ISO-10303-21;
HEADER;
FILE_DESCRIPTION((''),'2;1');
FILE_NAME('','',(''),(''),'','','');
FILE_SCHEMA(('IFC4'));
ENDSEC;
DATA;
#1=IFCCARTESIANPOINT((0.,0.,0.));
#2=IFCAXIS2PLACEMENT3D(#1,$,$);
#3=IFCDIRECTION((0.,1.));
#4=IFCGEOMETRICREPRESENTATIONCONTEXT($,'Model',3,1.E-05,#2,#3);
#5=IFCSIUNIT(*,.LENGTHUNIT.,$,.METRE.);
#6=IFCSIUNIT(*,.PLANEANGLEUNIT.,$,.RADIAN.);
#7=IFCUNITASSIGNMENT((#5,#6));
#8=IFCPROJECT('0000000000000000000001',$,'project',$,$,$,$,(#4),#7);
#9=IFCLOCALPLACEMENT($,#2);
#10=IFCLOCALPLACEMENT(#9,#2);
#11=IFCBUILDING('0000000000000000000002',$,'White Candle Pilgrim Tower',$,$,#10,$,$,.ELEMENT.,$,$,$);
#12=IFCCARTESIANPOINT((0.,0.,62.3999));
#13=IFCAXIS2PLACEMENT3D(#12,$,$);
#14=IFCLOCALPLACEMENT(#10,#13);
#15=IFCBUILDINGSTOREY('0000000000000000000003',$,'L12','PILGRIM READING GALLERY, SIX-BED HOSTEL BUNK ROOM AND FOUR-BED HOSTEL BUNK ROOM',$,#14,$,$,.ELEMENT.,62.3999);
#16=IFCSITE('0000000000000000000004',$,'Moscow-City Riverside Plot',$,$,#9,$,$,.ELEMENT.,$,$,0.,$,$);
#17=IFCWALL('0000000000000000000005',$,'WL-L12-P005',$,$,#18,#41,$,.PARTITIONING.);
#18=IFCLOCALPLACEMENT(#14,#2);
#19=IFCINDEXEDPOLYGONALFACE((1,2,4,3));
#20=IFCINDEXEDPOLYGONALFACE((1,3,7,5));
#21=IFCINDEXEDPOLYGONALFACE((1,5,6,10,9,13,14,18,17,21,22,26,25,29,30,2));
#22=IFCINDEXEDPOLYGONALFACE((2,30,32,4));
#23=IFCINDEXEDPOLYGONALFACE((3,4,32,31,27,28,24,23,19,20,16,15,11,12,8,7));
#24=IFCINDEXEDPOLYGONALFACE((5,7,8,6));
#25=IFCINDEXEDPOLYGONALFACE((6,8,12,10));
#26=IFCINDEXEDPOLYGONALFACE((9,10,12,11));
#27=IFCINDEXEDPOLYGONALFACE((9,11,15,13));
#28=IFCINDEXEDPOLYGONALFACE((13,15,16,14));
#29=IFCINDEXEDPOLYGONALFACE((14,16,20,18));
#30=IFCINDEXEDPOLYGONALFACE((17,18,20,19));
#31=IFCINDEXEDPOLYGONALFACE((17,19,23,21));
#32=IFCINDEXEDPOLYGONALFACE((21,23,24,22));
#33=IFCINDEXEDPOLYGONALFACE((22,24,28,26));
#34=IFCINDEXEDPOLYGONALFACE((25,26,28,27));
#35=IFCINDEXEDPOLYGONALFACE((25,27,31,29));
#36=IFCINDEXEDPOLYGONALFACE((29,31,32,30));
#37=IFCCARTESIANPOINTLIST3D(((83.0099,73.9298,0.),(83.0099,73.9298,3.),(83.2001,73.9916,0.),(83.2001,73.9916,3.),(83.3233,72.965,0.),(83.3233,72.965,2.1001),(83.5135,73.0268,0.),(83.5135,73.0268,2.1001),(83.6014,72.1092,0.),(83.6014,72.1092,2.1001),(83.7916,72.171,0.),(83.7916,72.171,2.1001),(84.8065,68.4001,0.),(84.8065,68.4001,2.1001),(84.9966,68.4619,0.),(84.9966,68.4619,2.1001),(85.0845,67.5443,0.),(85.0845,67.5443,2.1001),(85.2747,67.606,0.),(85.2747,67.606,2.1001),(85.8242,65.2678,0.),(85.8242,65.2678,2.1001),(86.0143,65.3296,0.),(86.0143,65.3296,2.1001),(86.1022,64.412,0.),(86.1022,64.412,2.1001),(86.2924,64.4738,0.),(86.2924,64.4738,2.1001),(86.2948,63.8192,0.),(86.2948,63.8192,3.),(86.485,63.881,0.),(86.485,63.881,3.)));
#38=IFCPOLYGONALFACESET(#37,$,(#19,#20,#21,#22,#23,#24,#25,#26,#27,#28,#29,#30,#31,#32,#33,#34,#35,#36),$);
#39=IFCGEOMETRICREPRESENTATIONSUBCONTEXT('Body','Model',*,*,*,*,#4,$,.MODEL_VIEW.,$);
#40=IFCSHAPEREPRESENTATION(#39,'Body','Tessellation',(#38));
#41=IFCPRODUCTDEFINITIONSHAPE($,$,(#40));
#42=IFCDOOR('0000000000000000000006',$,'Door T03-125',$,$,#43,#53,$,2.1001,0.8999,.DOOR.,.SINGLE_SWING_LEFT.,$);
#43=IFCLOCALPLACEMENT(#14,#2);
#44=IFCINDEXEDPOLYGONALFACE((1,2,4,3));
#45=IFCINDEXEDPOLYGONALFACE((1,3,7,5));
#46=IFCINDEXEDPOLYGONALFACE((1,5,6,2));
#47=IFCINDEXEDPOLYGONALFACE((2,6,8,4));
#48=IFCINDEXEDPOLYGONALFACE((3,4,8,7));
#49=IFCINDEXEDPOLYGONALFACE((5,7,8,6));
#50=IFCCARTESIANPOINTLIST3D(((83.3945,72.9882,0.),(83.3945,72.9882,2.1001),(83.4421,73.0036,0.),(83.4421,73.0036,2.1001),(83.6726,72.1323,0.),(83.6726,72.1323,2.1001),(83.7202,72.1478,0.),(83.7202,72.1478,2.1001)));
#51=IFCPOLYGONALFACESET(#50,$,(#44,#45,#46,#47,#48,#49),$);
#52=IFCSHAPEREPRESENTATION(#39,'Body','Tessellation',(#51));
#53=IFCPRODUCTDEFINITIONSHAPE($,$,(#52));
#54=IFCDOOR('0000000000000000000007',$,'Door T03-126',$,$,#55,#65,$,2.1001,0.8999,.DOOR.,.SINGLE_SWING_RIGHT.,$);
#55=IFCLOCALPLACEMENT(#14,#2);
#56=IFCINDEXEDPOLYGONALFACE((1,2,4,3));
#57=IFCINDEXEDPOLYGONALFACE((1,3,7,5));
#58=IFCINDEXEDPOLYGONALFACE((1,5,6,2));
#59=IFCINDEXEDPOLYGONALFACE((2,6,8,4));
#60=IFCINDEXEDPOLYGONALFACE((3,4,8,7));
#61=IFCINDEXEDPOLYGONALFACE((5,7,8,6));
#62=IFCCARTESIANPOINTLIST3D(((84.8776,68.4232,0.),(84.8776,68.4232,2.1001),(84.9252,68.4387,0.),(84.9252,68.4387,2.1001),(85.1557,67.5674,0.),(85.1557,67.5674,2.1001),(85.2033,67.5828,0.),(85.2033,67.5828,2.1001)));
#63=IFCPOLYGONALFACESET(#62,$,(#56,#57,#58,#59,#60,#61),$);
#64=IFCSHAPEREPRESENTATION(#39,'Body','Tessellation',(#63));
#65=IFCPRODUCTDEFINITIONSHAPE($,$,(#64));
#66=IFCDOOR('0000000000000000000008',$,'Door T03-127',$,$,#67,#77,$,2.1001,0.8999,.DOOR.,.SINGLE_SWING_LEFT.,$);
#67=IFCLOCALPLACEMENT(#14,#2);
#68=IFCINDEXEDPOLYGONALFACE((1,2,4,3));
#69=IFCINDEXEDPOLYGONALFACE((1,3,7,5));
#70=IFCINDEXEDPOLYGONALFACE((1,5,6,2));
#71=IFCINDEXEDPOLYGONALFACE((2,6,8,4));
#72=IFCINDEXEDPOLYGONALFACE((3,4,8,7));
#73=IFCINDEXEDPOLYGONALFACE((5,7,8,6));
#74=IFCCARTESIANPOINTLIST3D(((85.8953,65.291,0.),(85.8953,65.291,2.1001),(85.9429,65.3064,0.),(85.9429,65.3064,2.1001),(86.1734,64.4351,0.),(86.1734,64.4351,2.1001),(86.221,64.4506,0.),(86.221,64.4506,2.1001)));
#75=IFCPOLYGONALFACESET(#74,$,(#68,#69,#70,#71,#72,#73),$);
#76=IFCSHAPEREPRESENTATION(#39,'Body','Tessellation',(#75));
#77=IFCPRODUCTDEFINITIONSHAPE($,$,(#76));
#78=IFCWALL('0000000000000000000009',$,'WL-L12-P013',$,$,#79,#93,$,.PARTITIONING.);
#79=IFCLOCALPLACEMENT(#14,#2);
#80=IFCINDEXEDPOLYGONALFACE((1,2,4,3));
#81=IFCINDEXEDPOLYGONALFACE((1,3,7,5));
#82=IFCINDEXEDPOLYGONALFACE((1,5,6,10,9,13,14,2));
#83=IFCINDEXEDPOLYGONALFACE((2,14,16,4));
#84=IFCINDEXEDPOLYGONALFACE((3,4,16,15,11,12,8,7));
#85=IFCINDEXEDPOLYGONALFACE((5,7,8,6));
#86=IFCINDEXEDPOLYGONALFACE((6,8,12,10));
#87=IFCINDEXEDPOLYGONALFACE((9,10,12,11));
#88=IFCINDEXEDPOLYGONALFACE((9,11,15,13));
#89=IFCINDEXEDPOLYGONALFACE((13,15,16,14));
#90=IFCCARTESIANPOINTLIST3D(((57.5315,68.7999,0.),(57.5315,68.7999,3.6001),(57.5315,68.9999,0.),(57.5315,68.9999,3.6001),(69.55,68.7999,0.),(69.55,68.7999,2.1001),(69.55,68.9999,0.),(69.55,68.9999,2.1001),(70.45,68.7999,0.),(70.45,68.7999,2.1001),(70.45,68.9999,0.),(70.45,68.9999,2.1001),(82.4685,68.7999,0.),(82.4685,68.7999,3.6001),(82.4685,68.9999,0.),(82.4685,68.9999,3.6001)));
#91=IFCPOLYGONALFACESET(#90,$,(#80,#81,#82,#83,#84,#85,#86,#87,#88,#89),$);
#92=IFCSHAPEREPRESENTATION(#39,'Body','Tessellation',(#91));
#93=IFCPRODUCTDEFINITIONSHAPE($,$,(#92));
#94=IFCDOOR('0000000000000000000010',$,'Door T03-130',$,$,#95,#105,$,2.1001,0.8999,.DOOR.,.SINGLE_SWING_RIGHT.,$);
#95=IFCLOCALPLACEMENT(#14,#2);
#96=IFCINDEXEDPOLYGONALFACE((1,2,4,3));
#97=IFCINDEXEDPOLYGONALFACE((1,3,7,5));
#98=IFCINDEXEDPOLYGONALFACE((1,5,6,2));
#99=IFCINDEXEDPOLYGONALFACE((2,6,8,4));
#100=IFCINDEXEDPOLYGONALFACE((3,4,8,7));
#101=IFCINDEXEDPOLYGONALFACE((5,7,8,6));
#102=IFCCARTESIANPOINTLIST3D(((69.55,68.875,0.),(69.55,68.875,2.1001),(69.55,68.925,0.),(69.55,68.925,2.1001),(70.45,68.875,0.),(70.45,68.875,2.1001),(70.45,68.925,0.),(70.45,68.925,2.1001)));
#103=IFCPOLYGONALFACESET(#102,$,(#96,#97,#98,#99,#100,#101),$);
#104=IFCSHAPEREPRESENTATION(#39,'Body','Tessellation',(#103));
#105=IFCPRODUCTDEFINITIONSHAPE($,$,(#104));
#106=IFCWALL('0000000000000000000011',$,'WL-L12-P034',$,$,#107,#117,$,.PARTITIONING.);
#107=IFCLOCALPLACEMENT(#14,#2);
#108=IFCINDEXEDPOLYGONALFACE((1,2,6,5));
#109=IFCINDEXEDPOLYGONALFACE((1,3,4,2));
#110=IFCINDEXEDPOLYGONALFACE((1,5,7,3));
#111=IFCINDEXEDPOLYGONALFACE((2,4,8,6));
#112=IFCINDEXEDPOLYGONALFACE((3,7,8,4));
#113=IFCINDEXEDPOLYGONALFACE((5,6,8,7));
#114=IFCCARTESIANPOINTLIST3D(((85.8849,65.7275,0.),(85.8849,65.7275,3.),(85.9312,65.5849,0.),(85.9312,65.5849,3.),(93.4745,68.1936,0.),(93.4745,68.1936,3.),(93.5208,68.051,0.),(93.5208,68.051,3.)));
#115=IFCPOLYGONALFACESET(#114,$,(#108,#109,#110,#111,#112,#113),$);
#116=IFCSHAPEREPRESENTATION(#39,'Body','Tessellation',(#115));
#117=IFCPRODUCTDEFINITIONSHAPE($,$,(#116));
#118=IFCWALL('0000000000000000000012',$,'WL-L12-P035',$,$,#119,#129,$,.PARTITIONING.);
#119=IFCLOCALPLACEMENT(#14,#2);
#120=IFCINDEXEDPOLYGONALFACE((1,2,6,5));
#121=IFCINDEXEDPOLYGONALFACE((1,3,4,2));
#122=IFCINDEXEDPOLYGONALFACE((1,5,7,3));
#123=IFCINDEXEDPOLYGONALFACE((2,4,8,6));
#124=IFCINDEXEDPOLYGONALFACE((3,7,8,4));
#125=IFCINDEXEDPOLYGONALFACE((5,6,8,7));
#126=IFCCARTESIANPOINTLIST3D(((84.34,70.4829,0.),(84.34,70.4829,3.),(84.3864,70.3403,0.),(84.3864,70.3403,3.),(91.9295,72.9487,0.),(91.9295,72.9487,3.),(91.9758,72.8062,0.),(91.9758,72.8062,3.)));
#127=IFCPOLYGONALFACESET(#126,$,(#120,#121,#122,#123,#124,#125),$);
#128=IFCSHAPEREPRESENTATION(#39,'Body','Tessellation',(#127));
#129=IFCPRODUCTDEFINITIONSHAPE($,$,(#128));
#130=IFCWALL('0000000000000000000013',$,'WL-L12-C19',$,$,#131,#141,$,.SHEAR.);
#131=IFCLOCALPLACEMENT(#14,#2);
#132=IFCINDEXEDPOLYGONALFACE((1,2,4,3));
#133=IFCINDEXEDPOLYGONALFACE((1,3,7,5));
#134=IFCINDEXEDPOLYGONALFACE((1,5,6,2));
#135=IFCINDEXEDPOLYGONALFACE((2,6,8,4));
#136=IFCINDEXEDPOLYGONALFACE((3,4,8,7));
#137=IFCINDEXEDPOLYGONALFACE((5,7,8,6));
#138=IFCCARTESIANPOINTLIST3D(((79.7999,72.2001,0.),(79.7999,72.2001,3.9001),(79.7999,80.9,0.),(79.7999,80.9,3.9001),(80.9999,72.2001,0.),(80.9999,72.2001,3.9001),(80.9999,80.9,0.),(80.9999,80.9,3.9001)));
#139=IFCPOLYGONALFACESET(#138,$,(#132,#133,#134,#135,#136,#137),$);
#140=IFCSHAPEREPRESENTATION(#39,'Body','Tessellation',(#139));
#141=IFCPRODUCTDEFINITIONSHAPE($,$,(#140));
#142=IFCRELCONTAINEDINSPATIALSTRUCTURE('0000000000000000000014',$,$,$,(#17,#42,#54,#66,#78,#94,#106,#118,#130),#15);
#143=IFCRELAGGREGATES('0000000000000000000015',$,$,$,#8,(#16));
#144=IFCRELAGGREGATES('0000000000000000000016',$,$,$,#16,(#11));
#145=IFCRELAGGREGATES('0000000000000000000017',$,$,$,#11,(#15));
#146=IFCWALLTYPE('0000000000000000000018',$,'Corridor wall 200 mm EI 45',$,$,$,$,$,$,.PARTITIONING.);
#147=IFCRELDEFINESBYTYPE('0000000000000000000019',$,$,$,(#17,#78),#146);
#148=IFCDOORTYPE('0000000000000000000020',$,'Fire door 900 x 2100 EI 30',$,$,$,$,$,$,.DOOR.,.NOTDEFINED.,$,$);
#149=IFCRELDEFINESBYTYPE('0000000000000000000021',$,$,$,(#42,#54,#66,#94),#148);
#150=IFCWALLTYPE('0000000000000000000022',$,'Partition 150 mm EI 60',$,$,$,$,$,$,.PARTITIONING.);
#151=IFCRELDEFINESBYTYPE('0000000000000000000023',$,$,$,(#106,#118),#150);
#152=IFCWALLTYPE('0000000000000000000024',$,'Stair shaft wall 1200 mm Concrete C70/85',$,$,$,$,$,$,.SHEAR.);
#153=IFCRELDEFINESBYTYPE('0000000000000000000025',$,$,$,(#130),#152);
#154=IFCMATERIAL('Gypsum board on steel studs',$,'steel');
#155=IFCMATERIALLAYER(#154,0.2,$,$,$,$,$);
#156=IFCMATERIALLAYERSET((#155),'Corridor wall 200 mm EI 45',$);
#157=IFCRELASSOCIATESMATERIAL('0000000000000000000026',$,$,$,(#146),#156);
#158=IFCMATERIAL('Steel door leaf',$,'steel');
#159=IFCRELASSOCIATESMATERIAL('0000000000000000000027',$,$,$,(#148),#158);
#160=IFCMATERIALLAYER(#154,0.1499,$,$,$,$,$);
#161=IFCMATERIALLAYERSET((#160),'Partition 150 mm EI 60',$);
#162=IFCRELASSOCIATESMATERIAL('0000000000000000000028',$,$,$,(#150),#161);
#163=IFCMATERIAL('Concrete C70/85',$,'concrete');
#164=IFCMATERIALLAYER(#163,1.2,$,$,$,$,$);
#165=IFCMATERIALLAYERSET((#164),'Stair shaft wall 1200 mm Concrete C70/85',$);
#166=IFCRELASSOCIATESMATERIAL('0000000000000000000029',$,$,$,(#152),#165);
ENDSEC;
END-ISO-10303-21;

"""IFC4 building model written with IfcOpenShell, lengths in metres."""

from ifc_helpers import new_model, si_unit, direction, frame, frame_2d, origin, place, context, subcontext, project, spatial, rectangle, extrude, material, layer, layer_set, type_object, element, fill, save


model = new_model("IFC4")

# Units and contexts
model_context = context("Model", 3, precision=1e-05, world=origin(), true_north=direction((0.0, 1.0)))
body_context = subcontext(model_context, "Body", "Model", "MODEL_VIEW")
ifc_project = project(units=[si_unit("LENGTHUNIT", "METRE"), si_unit("PLANEANGLEUNIT", "RADIAN")], contexts=[model_context])

# Site, building, storey
site_placement = place(None, origin())
site = spatial("IfcSite", under=ifc_project, at=site_placement, Name="Moscow-City Riverside Plot", CompositionType="ELEMENT", RefElevation=0.0)
building_placement = place(site_placement, origin())
building = spatial("IfcBuilding", under=site, at=building_placement, Name="White Candle Pilgrim Tower", CompositionType="ELEMENT")
storey_placement = place(building_placement, frame((0.0, 0.0, 62.3999)))
storey = spatial("IfcBuildingStorey", under=building, at=storey_placement, Name="L12", Description="PILGRIM READING GALLERY, SIX-BED HOSTEL BUNK ROOM AND FOUR-BED HOSTEL BUNK ROOM", CompositionType="ELEMENT", Elevation=62.3999)

# Wall, openings, doors
ifc_material_1 = material(Name="Gypsum board on steel studs", Category="steel")
ifc_layer_1 = layer(ifc_material_1, 0.2)
ifc_layer_set_1 = layer_set([ifc_layer_1], Name="Corridor wall 200 mm EI 45")
wall_type_1 = type_object("IfcWallType", Name="Corridor wall 200 mm EI 45", PredefinedType="PARTITIONING", material=ifc_layer_set_1)
wall_1_placement = place(storey_placement, frame((83.105, 73.9607, 0.0), z_axis=(0.0, 0.0, 1.0), x_axis=(0.308998, -0.951063, 0.0)))
wall_1 = element("IfcWall", 1, at=wall_1_placement, inside=storey, type_object=wall_type_1, Name="WL-L12-P005", PredefinedType="PARTITIONING", context=body_context, shape_type="SweptSolid", body=[
    extrude(rectangle(XDim=10.6309, YDim=0.2, at=frame_2d((5.3154, 0.0))), origin(), (0.0, 0.0, 1.0), 3.0),
])
opening_1_placement = place(wall_1_placement, frame((1.0144, 0.0, 0.0)))
opening_1 = element("IfcOpeningElement", 2, at=opening_1_placement, cuts=wall_1, PredefinedType="OPENING", context=body_context, shape_type="SweptSolid", body=[
    extrude(rectangle(XDim=0.8999, YDim=2.1001, at=frame_2d((0.45, 1.05))), frame((0.0, 0.1099, 0.0), z_axis=(0.0, -1.0, 0.0), x_axis=(1.0, 0.0, 0.0)), (0.0, 0.0, 1.0), 0.22),
])
opening_2_placement = place(wall_1_placement, frame((5.8142, 0.0, 0.0)))
opening_2 = element("IfcOpeningElement", 3, at=opening_2_placement, cuts=wall_1, PredefinedType="OPENING", context=body_context, shape_type="SweptSolid", body=[
    extrude(rectangle(XDim=0.8999, YDim=2.1001, at=frame_2d((0.45, 1.05))), frame((0.0, 0.1099, 0.0), z_axis=(0.0, -1.0, 0.0), x_axis=(1.0, 0.0, 0.0)), (0.0, 0.0, 1.0), 0.22),
])
opening_3_placement = place(wall_1_placement, frame((9.1077, 0.0, 0.0)))
opening_3 = element("IfcOpeningElement", 4, at=opening_3_placement, cuts=wall_1, PredefinedType="OPENING", context=body_context, shape_type="SweptSolid", body=[
    extrude(rectangle(XDim=0.8999, YDim=2.1001, at=frame_2d((0.45, 1.05))), frame((0.0, 0.1099, 0.0), z_axis=(0.0, -1.0, 0.0), x_axis=(1.0, 0.0, 0.0)), (0.0, 0.0, 1.0), 0.22),
])
ifc_material_2 = material(Name="Steel door leaf", Category="steel")
door_type = type_object("IfcDoorType", Name="Fire door 900 x 2100 EI 30", OperationType="NOTDEFINED", PredefinedType="DOOR", material=ifc_material_2)
door_1_placement = place(opening_1_placement, origin())
door_1 = element("IfcDoor", 5, at=door_1_placement, inside=storey, type_object=door_type, Name="Door T03-125", OperationType="SINGLE_SWING_LEFT", OverallHeight=2.1001, OverallWidth=0.8999, PredefinedType="DOOR", context=body_context, shape_type="SweptSolid", body=[
    extrude(rectangle(XDim=0.8999, YDim=2.1001, at=frame_2d((0.45, 1.05))), frame((0.0, 0.0249, 0.0), z_axis=(0.0, -1.0, 0.0), x_axis=(1.0, 0.0, 0.0)), (0.0, 0.0, 1.0), 0.05),
])
fill(opening_1, door_1)
door_2_placement = place(opening_2_placement, origin())
door_2 = element("IfcDoor", 6, at=door_2_placement, inside=storey, type_object=door_type, Name="Door T03-126", OperationType="SINGLE_SWING_RIGHT", OverallHeight=2.1001, OverallWidth=0.8999, PredefinedType="DOOR", context=body_context, shape_type="SweptSolid", body=[
    extrude(rectangle(XDim=0.8999, YDim=2.1001, at=frame_2d((0.45, 1.05))), frame((0.0, 0.0249, 0.0), z_axis=(0.0, -1.0, 0.0), x_axis=(1.0, 0.0, 0.0)), (0.0, 0.0, 1.0), 0.05),
])
fill(opening_2, door_2)
door_3_placement = place(opening_3_placement, origin())
door_3 = element("IfcDoor", 7, at=door_3_placement, inside=storey, type_object=door_type, Name="Door T03-127", OperationType="SINGLE_SWING_LEFT", OverallHeight=2.1001, OverallWidth=0.8999, PredefinedType="DOOR", context=body_context, shape_type="SweptSolid", body=[
    extrude(rectangle(XDim=0.8999, YDim=2.1001, at=frame_2d((0.45, 1.05))), frame((0.0, 0.0249, 0.0), z_axis=(0.0, -1.0, 0.0), x_axis=(1.0, 0.0, 0.0)), (0.0, 0.0, 1.0), 0.05),
])
fill(opening_3, door_3)

# Wall, opening, door
wall_2_placement = place(storey_placement, frame((82.4685, 68.8999, 0.0), z_axis=(0.0, 0.0, 1.0), x_axis=(-1.0, 0.0, 0.0)))
wall_2 = element("IfcWall", 8, at=wall_2_placement, inside=storey, type_object=wall_type_1, Name="WL-L12-P013", PredefinedType="PARTITIONING", context=body_context, shape_type="SweptSolid", body=[
    extrude(rectangle(XDim=24.937, YDim=0.2, at=frame_2d((12.4685, 0.0))), origin(), (0.0, 0.0, 1.0), 3.6001),
])
opening_4_placement = place(wall_2_placement, frame((12.0186, 0.0, 0.0)))
opening_4 = element("IfcOpeningElement", 9, at=opening_4_placement, cuts=wall_2, PredefinedType="OPENING", context=body_context, shape_type="SweptSolid", body=[
    extrude(rectangle(XDim=0.8999, YDim=2.1001, at=frame_2d((0.45, 1.05))), frame((0.0, 0.1099, 0.0), z_axis=(0.0, -1.0, 0.0), x_axis=(1.0, 0.0, 0.0)), (0.0, 0.0, 1.0), 0.22),
])
door_4_placement = place(opening_4_placement, origin())
door_4 = element("IfcDoor", 10, at=door_4_placement, inside=storey, type_object=door_type, Name="Door T03-130", OperationType="SINGLE_SWING_RIGHT", OverallHeight=2.1001, OverallWidth=0.8999, PredefinedType="DOOR", context=body_context, shape_type="SweptSolid", body=[
    extrude(rectangle(XDim=0.8999, YDim=2.1001, at=frame_2d((0.45, 1.05))), frame((0.0, 0.0249, 0.0), z_axis=(0.0, -1.0, 0.0), x_axis=(1.0, 0.0, 0.0)), (0.0, 0.0, 1.0), 0.05),
])
fill(opening_4, door_4)

# Walls
ifc_layer_2 = layer(ifc_material_1, 0.1499)
ifc_layer_set_2 = layer_set([ifc_layer_2], Name="Partition 150 mm EI 60")
wall_type_2 = type_object("IfcWallType", Name="Partition 150 mm EI 60", PredefinedType="PARTITIONING", material=ifc_layer_set_2)
wall_3_placement = place(storey_placement, frame((93.4978, 68.1223, 0.0), z_axis=(0.0, 0.0, 1.0), x_axis=(-0.951055, -0.309023, 0.0)))
element("IfcWall", 11, at=wall_3_placement, inside=storey, type_object=wall_type_2, Name="WL-L12-P034", PredefinedType="PARTITIONING", context=body_context, shape_type="SweptSolid", body=[
    extrude(rectangle(XDim=7.9802, YDim=0.1499, at=frame_2d((3.9902, 0.0))), origin(), (0.0, 0.0, 1.0), 3.0),
])
wall_4_placement = place(storey_placement, frame((91.9526, 72.8774, 0.0), z_axis=(0.0, 0.0, 1.0), x_axis=(-0.951061, -0.309004, 0.0)))
element("IfcWall", 12, at=wall_4_placement, inside=storey, type_object=wall_type_2, Name="WL-L12-P035", PredefinedType="PARTITIONING", context=body_context, shape_type="SweptSolid", body=[
    extrude(rectangle(XDim=7.98, YDim=0.1499, at=frame_2d((3.99, 0.0))), origin(), (0.0, 0.0, 1.0), 3.0),
])
ifc_material_3 = material(Name="Concrete C70/85", Category="concrete")
ifc_layer_3 = layer(ifc_material_3, 1.2)
ifc_layer_set_3 = layer_set([ifc_layer_3], Name="Stair shaft wall 1200 mm Concrete C70/85")
wall_type_3 = type_object("IfcWallType", Name="Stair shaft wall 1200 mm Concrete C70/85", PredefinedType="SHEAR", material=ifc_layer_set_3)
wall_5_placement = place(storey_placement, frame((80.3999, 72.2, 0.0), z_axis=(0.0, 0.0, 1.0), x_axis=(0.0, 1.0, 0.0)))
element("IfcWall", 13, at=wall_5_placement, inside=storey, type_object=wall_type_3, Name="WL-L12-C19", PredefinedType="SHEAR", context=body_context, shape_type="SweptSolid", body=[
    extrude(rectangle(XDim=8.7, YDim=1.2, at=frame_2d((4.3501, 0.0))), origin(), (0.0, 0.0, 1.0), 3.9001),
])

save(model, "model.ifc")
